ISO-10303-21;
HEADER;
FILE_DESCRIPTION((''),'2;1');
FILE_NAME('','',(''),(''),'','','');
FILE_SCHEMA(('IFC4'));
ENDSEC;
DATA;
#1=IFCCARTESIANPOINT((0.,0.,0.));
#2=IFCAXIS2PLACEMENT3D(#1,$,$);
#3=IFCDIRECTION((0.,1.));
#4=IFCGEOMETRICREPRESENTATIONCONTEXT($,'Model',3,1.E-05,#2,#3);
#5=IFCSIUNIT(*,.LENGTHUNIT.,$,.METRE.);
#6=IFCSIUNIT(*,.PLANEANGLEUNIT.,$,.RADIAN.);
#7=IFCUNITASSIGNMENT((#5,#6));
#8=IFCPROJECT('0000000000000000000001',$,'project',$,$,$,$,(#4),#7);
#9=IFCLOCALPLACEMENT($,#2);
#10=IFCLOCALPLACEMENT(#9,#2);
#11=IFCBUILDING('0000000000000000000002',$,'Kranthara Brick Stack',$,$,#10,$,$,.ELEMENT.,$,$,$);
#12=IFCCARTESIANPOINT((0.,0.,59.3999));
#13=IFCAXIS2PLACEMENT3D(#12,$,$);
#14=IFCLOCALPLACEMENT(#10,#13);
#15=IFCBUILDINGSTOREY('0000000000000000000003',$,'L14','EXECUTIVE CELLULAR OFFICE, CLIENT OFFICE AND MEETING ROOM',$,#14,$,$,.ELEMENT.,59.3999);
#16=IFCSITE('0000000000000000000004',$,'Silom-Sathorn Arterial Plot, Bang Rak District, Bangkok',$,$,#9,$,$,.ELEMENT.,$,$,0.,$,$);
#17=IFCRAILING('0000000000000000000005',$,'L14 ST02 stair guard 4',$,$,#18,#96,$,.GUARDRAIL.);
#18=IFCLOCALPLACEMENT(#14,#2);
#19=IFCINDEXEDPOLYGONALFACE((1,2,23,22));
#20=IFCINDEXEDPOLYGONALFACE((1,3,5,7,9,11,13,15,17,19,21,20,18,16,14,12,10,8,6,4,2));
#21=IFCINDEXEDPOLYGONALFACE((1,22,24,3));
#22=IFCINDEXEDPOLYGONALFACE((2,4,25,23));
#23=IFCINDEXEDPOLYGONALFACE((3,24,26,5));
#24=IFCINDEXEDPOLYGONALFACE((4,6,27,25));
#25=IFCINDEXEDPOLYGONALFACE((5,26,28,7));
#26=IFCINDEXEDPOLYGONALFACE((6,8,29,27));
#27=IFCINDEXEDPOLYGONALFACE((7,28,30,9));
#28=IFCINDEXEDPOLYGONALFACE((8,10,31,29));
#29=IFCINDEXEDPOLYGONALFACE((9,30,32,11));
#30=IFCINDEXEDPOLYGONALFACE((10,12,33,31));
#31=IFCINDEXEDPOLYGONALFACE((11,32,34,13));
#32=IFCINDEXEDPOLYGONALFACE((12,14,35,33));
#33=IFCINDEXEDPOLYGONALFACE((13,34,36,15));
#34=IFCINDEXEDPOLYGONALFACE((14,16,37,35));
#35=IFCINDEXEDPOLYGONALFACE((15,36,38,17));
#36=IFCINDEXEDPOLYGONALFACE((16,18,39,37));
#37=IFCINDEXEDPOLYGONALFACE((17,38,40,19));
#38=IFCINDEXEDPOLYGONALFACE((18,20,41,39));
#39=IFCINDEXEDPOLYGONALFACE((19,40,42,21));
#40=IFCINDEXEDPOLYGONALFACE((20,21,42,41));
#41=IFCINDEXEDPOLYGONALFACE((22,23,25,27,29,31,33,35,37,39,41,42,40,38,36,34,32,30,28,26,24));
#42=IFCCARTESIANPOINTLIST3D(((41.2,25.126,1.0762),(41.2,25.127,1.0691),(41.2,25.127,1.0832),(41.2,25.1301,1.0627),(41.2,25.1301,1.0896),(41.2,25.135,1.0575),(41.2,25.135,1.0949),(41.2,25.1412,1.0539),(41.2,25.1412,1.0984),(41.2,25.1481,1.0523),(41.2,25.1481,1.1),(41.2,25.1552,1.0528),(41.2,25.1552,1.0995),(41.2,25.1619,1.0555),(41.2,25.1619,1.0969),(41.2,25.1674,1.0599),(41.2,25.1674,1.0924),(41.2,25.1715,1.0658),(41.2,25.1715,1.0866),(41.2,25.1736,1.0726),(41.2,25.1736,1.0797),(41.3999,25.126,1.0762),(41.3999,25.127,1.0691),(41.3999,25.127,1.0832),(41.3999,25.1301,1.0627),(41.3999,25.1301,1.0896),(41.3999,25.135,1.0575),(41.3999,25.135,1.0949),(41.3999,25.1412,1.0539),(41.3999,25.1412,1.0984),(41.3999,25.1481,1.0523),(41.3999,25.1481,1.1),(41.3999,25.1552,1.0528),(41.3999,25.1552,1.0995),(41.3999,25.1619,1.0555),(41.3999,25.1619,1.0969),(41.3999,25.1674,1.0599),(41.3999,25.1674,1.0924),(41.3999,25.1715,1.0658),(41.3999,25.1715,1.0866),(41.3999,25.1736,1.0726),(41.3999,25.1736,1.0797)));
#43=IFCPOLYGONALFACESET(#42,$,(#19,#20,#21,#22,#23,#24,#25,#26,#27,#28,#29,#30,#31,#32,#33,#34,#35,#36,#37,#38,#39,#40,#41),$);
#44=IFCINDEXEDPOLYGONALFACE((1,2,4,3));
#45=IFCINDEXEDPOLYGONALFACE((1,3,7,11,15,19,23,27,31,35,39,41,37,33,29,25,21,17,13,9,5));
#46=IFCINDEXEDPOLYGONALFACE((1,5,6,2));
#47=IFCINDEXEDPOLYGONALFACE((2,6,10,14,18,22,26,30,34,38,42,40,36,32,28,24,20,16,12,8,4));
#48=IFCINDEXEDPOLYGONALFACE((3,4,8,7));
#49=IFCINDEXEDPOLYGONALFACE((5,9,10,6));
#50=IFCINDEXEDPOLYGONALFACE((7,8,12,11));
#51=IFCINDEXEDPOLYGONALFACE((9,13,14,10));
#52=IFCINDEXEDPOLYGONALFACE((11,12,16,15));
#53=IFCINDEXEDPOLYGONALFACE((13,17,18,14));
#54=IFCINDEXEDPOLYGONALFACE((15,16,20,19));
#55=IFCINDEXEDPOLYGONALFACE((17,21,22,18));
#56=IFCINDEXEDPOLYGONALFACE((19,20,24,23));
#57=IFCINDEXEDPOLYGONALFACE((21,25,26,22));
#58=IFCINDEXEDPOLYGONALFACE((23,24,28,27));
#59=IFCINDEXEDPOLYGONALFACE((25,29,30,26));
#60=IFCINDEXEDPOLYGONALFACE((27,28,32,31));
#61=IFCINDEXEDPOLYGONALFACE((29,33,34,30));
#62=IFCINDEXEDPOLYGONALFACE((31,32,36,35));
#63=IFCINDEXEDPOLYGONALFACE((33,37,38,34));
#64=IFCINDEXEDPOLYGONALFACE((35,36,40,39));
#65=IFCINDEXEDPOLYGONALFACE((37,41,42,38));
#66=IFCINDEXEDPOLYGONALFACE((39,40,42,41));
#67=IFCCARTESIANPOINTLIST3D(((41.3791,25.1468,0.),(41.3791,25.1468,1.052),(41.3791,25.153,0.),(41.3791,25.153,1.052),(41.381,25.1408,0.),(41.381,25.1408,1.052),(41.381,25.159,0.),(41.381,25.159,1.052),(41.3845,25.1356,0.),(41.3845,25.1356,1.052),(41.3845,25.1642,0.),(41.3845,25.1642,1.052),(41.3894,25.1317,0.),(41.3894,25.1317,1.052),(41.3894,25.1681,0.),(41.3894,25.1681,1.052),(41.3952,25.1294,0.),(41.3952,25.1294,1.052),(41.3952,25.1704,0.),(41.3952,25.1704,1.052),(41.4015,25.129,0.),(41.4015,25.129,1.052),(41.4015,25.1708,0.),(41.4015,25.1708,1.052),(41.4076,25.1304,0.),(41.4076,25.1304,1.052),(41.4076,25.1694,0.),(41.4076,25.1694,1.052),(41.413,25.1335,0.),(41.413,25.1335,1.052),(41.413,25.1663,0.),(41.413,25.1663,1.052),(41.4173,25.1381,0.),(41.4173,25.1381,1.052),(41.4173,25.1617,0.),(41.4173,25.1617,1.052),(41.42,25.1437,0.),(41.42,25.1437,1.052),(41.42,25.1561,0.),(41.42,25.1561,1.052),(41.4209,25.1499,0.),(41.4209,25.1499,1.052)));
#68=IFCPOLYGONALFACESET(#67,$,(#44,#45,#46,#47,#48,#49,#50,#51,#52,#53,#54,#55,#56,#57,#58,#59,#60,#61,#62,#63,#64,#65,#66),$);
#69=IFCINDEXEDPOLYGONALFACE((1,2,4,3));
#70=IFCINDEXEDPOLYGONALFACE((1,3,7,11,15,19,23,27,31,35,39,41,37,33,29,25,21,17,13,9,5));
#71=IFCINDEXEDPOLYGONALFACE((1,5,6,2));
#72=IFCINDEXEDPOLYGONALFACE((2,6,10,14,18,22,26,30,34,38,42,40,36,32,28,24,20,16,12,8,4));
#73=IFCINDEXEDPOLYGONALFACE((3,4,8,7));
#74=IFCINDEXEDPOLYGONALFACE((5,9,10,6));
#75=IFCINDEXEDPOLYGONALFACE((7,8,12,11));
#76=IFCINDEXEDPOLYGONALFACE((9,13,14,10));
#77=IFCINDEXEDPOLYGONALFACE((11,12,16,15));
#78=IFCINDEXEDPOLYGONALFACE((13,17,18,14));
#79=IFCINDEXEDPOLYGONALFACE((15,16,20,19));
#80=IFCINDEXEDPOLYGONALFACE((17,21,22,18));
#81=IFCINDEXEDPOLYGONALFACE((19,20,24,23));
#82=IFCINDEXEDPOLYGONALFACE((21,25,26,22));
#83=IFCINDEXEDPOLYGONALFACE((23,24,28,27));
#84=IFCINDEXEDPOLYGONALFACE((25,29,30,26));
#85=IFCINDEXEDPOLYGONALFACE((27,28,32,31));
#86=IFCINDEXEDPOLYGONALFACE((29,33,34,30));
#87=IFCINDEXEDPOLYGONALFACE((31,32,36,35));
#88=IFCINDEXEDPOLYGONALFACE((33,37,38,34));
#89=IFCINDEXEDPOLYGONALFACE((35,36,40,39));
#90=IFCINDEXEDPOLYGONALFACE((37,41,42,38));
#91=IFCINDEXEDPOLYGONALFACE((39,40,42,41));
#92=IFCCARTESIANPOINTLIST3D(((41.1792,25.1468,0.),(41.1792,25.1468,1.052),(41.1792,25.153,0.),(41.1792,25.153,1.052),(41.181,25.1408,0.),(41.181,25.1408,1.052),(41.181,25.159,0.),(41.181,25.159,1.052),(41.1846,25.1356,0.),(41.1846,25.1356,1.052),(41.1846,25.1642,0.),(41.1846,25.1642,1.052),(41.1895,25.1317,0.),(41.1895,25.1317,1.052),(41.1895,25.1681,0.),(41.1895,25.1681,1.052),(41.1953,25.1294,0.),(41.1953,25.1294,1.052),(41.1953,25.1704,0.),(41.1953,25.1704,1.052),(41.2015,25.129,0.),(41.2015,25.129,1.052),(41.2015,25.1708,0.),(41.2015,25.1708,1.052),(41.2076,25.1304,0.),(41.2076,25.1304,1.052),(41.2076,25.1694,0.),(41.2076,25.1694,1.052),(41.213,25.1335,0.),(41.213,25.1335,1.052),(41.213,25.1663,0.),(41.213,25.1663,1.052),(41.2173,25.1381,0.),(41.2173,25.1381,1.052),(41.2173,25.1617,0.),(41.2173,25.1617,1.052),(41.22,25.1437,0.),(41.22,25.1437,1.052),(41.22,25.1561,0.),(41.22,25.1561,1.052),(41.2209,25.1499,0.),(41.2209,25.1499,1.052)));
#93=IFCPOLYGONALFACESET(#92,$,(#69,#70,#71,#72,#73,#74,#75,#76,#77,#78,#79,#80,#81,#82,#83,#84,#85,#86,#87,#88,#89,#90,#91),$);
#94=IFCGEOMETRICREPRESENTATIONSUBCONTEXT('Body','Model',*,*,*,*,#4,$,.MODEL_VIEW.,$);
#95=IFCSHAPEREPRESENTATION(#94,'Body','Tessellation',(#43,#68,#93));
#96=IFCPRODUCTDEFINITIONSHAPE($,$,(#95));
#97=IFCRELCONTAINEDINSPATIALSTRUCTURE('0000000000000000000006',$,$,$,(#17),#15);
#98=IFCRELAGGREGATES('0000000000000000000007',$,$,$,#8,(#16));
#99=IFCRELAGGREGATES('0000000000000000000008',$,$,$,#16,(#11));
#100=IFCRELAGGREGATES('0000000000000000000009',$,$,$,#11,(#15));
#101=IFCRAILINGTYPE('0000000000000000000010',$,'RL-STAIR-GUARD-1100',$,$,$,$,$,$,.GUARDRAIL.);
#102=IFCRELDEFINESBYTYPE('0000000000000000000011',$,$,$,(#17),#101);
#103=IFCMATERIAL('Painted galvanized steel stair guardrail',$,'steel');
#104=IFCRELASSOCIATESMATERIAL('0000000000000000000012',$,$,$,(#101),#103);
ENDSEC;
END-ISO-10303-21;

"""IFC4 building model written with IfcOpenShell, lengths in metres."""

from ifc_helpers import new_model, si_unit, direction, frame, origin, origin_2d, place, context, subcontext, project, spatial, circle, extrude, material, type_object, element, save


model = new_model("IFC4")

# Units and contexts
model_context = context("Model", 3, precision=1e-05, world=origin(), true_north=direction((0.0, 1.0)))
body_context = subcontext(model_context, "Body", "Model", "MODEL_VIEW")
ifc_project = project(units=[si_unit("LENGTHUNIT", "METRE"), si_unit("PLANEANGLEUNIT", "RADIAN")], contexts=[model_context])

# Site, building, storey
site_placement = place(None, origin())
site = spatial("IfcSite", under=ifc_project, at=site_placement, Name="Silom-Sathorn Arterial Plot, Bang Rak District, Bangkok", CompositionType="ELEMENT", RefElevation=0.0)
building_placement = place(site_placement, origin())
building = spatial("IfcBuilding", under=site, at=building_placement, Name="Kranthara Brick Stack", CompositionType="ELEMENT")
storey_placement = place(building_placement, frame((0.0, 0.0, 59.3999)))
storey = spatial("IfcBuildingStorey", under=building, at=storey_placement, Name="L14", Description="EXECUTIVE CELLULAR OFFICE, CLIENT OFFICE AND MEETING ROOM", CompositionType="ELEMENT", Elevation=59.3999)

# Railing
ifc_material_1 = material(Name="Painted galvanized steel stair guardrail", Category="steel")
railing_type_1 = type_object("IfcRailingType", Name="RL-STAIR-GUARD-1100", PredefinedType="GUARDRAIL", material=ifc_material_1)
railing_1_placement = place(storey_placement, frame((41.3999, 25.1499, 0.0)))
element("IfcRailing", 1, at=railing_1_placement, inside=storey, type_object=railing_type_1, Name="L14 ST02 stair guard 4", PredefinedType="GUARDRAIL", context=body_context, shape_type="SweptSolid", body=[
    extrude(circle(Radius=0.0239, at=origin_2d()), frame((0.0, 0.0, 1.0762), z_axis=(-1.0, 0.0, 0.0), x_axis=(0.0, -1.0, 0.0)), (0.0, 0.0, 1.0), 0.2),
    extrude(circle(Radius=0.021, at=origin_2d()), origin(), (0.0, 0.0, 1.0), 1.052),
    extrude(circle(Radius=0.021, at=origin_2d()), frame((-0.2, 0.0, 0.0)), (0.0, 0.0, 1.0), 1.052),
])

save(model, "model.ifc")
